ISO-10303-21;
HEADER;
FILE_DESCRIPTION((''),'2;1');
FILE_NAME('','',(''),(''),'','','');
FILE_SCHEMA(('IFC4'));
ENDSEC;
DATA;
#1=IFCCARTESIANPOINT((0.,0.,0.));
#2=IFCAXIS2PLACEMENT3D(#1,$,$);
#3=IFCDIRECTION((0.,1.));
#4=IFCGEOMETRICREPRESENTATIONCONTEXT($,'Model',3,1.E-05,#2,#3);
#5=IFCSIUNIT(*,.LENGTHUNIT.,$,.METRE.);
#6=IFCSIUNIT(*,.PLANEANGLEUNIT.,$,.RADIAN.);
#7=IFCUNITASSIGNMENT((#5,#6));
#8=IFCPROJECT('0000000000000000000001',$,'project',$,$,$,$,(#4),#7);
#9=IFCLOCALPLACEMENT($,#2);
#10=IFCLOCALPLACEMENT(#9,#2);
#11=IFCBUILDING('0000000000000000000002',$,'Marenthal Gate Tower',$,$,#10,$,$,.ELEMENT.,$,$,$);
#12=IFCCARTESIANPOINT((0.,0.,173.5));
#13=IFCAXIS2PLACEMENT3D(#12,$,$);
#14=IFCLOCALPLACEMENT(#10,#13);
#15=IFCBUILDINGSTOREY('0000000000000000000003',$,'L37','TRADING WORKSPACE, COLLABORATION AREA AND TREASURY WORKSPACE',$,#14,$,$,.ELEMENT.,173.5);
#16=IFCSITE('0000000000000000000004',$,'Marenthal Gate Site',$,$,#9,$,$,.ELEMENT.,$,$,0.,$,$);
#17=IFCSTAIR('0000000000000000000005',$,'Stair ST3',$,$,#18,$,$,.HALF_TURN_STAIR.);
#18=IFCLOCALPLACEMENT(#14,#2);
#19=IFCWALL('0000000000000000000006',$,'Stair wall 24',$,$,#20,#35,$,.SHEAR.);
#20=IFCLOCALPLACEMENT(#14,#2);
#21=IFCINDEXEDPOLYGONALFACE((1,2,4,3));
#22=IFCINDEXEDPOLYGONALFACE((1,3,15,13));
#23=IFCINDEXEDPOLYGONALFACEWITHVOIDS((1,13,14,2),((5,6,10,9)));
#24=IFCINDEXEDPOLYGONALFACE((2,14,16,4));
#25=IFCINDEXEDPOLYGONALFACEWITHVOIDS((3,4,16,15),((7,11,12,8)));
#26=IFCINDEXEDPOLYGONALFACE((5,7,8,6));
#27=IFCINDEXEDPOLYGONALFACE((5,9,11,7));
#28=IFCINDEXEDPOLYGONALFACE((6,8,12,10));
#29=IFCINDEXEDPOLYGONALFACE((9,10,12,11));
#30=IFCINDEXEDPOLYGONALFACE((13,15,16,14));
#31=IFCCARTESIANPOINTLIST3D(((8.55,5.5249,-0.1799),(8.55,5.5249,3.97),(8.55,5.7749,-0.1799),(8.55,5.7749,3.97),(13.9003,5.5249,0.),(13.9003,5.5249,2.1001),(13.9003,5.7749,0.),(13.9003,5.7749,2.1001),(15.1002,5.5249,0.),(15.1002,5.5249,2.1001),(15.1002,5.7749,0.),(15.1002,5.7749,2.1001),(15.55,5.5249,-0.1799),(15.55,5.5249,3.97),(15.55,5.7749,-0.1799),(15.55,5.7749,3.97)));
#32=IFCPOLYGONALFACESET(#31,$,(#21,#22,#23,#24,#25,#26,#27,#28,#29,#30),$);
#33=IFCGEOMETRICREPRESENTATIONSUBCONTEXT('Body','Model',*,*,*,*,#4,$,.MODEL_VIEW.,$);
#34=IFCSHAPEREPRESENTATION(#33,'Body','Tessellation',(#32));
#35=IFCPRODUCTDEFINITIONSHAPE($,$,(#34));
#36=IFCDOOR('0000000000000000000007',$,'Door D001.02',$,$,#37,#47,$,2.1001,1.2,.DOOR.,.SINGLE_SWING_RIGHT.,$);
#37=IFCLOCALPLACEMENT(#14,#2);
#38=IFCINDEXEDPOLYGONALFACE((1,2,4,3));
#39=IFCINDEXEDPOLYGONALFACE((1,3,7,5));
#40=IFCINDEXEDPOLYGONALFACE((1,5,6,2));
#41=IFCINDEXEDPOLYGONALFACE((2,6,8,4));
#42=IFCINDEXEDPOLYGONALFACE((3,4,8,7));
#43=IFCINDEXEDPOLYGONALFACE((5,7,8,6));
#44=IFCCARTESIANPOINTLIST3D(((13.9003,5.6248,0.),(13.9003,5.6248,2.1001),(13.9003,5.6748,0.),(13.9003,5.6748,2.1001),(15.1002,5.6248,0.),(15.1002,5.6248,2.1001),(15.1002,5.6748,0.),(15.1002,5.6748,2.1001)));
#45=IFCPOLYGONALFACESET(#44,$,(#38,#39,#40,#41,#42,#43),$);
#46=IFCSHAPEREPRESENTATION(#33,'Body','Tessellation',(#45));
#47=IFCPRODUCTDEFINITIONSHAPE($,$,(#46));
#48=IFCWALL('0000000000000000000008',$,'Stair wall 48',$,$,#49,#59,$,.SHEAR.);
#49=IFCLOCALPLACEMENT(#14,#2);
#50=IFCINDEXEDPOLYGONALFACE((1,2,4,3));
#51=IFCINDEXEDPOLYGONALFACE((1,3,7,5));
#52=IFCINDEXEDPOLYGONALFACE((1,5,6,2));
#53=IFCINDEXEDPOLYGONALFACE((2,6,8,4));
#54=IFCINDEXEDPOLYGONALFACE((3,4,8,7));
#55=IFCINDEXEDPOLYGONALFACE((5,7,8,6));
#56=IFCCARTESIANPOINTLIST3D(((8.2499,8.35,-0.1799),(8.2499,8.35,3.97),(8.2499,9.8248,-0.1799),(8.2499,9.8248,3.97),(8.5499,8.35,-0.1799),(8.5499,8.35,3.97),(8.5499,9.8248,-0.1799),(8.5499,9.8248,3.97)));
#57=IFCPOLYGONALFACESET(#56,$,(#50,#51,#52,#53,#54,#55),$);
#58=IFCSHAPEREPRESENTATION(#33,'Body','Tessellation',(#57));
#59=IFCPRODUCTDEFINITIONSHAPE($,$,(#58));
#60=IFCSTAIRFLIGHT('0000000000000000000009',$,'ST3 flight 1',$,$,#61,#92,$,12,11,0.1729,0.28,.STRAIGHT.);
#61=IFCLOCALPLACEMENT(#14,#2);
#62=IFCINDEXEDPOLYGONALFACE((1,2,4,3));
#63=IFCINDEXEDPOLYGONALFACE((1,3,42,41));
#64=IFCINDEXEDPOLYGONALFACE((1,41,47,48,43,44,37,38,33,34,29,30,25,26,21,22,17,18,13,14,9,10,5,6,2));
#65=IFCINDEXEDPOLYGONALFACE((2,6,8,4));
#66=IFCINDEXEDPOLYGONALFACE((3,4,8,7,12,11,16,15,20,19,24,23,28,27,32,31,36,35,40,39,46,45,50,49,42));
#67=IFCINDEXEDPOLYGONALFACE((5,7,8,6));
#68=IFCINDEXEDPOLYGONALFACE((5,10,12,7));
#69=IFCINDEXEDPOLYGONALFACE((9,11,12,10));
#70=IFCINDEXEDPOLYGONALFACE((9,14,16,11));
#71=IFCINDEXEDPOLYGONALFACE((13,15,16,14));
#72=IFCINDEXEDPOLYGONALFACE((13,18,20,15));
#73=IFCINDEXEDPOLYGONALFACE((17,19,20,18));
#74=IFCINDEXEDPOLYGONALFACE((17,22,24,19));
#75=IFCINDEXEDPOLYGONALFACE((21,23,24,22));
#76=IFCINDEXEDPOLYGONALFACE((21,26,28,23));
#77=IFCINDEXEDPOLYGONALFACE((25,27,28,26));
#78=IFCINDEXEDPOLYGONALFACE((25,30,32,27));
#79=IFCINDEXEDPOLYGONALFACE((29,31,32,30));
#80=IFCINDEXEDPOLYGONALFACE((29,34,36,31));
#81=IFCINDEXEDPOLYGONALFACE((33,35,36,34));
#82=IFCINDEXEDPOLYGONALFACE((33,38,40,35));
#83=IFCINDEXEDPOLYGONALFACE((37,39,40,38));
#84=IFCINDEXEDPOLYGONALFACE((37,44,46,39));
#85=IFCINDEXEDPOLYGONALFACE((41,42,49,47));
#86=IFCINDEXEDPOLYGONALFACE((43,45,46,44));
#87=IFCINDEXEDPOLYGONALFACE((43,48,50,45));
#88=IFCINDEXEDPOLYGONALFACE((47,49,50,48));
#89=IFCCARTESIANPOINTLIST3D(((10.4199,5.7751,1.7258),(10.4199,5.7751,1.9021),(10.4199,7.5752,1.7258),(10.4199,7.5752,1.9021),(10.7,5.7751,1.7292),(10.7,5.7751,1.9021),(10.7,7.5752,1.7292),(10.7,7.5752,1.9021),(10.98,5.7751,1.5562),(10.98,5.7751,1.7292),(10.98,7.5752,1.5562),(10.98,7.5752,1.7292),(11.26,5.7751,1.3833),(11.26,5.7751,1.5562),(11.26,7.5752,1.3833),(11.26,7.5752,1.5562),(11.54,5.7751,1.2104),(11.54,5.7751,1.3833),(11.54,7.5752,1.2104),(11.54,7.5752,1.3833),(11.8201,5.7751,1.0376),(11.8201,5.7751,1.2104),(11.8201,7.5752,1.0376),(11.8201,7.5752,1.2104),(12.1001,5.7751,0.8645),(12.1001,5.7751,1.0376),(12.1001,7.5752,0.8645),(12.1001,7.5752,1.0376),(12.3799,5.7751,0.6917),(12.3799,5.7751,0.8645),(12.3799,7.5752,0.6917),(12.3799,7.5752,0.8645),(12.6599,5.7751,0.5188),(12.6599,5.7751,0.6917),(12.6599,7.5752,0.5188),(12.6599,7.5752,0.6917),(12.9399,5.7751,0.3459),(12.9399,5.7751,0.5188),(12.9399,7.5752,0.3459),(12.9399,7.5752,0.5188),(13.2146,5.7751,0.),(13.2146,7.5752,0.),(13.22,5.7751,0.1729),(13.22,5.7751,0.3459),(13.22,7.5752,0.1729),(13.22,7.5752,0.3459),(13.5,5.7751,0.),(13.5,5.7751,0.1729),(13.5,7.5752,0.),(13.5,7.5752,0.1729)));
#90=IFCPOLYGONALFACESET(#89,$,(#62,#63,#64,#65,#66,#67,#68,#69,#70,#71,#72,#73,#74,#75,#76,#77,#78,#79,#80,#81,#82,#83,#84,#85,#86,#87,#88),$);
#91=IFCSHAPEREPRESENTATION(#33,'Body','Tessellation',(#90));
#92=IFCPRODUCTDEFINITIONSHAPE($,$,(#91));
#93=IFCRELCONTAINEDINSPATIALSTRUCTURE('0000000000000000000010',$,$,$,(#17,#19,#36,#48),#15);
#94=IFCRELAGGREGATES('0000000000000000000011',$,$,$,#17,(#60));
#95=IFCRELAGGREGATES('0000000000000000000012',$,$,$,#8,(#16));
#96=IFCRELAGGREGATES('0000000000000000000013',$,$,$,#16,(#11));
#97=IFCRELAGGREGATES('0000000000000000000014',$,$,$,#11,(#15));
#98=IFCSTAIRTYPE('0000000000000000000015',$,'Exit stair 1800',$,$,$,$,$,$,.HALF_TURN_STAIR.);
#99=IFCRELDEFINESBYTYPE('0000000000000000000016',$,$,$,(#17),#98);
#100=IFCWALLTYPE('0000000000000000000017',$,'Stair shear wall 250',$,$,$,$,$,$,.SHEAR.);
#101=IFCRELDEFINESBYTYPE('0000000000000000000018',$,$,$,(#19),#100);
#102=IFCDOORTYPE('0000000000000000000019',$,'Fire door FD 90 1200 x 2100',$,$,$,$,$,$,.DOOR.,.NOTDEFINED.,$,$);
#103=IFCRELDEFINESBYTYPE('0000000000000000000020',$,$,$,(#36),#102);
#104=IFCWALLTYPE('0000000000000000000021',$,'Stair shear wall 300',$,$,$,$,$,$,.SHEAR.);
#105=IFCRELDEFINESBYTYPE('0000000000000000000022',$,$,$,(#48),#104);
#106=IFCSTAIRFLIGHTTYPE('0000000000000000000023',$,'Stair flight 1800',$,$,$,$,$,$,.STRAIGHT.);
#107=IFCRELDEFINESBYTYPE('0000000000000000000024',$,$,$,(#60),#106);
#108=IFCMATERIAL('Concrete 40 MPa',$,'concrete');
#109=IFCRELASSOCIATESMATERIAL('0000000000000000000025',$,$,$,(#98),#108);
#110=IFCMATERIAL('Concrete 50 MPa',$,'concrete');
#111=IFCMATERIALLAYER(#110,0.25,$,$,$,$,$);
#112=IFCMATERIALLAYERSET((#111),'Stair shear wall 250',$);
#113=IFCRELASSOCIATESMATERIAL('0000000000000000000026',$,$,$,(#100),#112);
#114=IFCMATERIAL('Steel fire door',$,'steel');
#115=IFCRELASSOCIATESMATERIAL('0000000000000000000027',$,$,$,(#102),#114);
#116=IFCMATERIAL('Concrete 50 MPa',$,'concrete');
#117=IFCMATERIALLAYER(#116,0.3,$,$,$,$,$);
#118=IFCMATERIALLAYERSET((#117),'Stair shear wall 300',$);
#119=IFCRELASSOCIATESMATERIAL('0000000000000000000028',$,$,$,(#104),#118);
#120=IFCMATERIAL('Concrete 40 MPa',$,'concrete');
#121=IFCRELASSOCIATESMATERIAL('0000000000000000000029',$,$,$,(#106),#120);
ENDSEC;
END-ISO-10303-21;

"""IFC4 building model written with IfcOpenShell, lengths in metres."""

from ifc_helpers import new_model, si_unit, direction, frame, frame_2d, origin, place, context, subcontext, project, spatial, polyline, rectangle, outline, extrude, material, layer, layer_set, type_object, element, fill, aggregate, save


model = new_model("IFC4")

# Units and contexts
model_context = context("Model", 3, precision=1e-05, world=origin(), true_north=direction((0.0, 1.0)))
body_context = subcontext(model_context, "Body", "Model", "MODEL_VIEW")
ifc_project = project(units=[si_unit("LENGTHUNIT", "METRE"), si_unit("PLANEANGLEUNIT", "RADIAN")], contexts=[model_context])

# Site, building, storey
site_placement = place(None, origin())
site = spatial("IfcSite", under=ifc_project, at=site_placement, Name="Marenthal Gate Site", CompositionType="ELEMENT", RefElevation=0.0)
building_placement = place(site_placement, origin())
building = spatial("IfcBuilding", under=site, at=building_placement, Name="Marenthal Gate Tower", CompositionType="ELEMENT")
storey_placement = place(building_placement, frame((0.0, 0.0, 173.5)))
storey = spatial("IfcBuildingStorey", under=building, at=storey_placement, Name="L37", Description="TRADING WORKSPACE, COLLABORATION AREA AND TREASURY WORKSPACE", CompositionType="ELEMENT", Elevation=173.5)

# Stair
ifc_material_1 = material(Name="Concrete 40 MPa", Category="concrete")
stair_type = type_object("IfcStairType", Name="Exit stair 1800", PredefinedType="HALF_TURN_STAIR", material=ifc_material_1)
stair_1_placement = place(storey_placement, origin())
stair_1 = element("IfcStair", 1, at=stair_1_placement, inside=storey, type_object=stair_type, Name="Stair ST3", PredefinedType="HALF_TURN_STAIR")

# Wall, opening, door
ifc_material_2 = material(Name="Concrete 50 MPa", Category="concrete")
ifc_layer_1 = layer(ifc_material_2, 0.25)
ifc_layer_set_1 = layer_set([ifc_layer_1], Name="Stair shear wall 250")
wall_type_1 = type_object("IfcWallType", Name="Stair shear wall 250", PredefinedType="SHEAR", material=ifc_layer_set_1)
wall_1_placement = place(storey_placement, frame((8.55, 5.6499, -0.1799), z_axis=(0.0, 0.0, 1.0), x_axis=(1.0, 0.0, 0.0)))
wall_1 = element("IfcWall", 2, at=wall_1_placement, inside=storey, type_object=wall_type_1, Name="Stair wall 24", PredefinedType="SHEAR", context=body_context, shape_type="SweptSolid", body=[
    extrude(rectangle(XDim=7.0, YDim=0.25, at=frame_2d((3.5, 0.0))), origin(), (0.0, 0.0, 1.0), 4.1499),
])
opening_placement = place(wall_1_placement, frame((5.3501, 0.0, 0.1799)))
opening = element("IfcOpeningElement", 3, at=opening_placement, cuts=wall_1, PredefinedType="OPENING", context=body_context, shape_type="SweptSolid", body=[
    extrude(rectangle(XDim=1.2, YDim=2.1001, at=frame_2d((0.6001, 1.05))), frame((0.0, 0.135, 0.0), z_axis=(0.0, -1.0, 0.0), x_axis=(1.0, 0.0, 0.0)), (0.0, 0.0, 1.0), 0.27),
])
ifc_material_3 = material(Name="Steel fire door", Category="steel")
door_type = type_object("IfcDoorType", Name="Fire door FD 90 1200 x 2100", OperationType="NOTDEFINED", PredefinedType="DOOR", material=ifc_material_3)
door_placement = place(opening_placement, origin())
door = element("IfcDoor", 4, at=door_placement, inside=storey, type_object=door_type, Name="Door D001.02", OperationType="SINGLE_SWING_RIGHT", OverallHeight=2.1001, OverallWidth=1.2, PredefinedType="DOOR", context=body_context, shape_type="SweptSolid", body=[
    extrude(rectangle(XDim=1.2, YDim=2.1001, at=frame_2d((0.6001, 1.05))), frame((0.0, 0.0249, 0.0), z_axis=(0.0, -1.0, 0.0), x_axis=(1.0, 0.0, 0.0)), (0.0, 0.0, 1.0), 0.05),
])
fill(opening, door)

# Wall
ifc_material_4 = material(Name="Concrete 50 MPa", Category="concrete")
ifc_layer_2 = layer(ifc_material_4, 0.3)
ifc_layer_set_2 = layer_set([ifc_layer_2], Name="Stair shear wall 300")
wall_type_2 = type_object("IfcWallType", Name="Stair shear wall 300", PredefinedType="SHEAR", material=ifc_layer_set_2)
wall_2_placement = place(storey_placement, frame((8.3999, 8.3501, -0.1799), z_axis=(0.0, 0.0, 1.0), x_axis=(0.0, 1.0, 0.0)))
element("IfcWall", 5, at=wall_2_placement, inside=storey, type_object=wall_type_2, Name="Stair wall 48", PredefinedType="SHEAR", context=body_context, shape_type="SweptSolid", body=[
    extrude(rectangle(XDim=1.4749, YDim=0.3, at=frame_2d((0.7373, 0.0))), origin(), (0.0, 0.0, 1.0), 4.1499),
])

# Stair flight
ifc_material_5 = material(Name="Concrete 40 MPa", Category="concrete")
stair_flight_type = type_object("IfcStairFlightType", Name="Stair flight 1800", PredefinedType="STRAIGHT", material=ifc_material_5)
stair_flight_placement = place(storey_placement, frame((13.5, 6.675, 0.0), z_axis=(0.0, 0.0, 1.0), x_axis=(-1.0, 0.0, 0.0)))
stair_flight = element("IfcStairFlight", 6, at=stair_flight_placement, type_object=stair_flight_type, Name="ST3 flight 1", NumberOfRisers=12, NumberOfTreads=11, PredefinedType="STRAIGHT", RiserHeight=0.1729, TreadLength=0.28, context=body_context, shape_type="SweptSolid", body=[
    extrude(outline(polyline([(0.0, 0.0), (0.0, 0.1729), (0.28, 0.1729), (0.28, 0.3459), (0.5601, 0.3459), (0.5601, 0.5188), (0.8401, 0.5188), (0.8401, 0.6917), (1.1201, 0.6917), (1.1201, 0.8645), (1.3999, 0.8645), (1.3999, 1.0376), (1.6799, 1.0376), (1.6799, 1.2104), (1.96, 1.2104), (1.96, 1.3833), (2.24, 1.3833), (2.24, 1.5562), (2.52, 1.5562), (2.52, 1.7292), (2.8, 1.7292), (2.8, 1.9021), (3.0801, 1.9021), (3.0801, 2.075), (3.0801, 1.7258), (0.2854, 0.0), (0.0, 0.0)])), frame((0.0, 0.8999, 0.0), z_axis=(0.0, -1.0, 0.0), x_axis=(1.0, 0.0, 0.0)), (0.0, 0.0, 1.0), 1.8),
])
aggregate(stair_1, [stair_flight])

save(model, "model.ifc")
